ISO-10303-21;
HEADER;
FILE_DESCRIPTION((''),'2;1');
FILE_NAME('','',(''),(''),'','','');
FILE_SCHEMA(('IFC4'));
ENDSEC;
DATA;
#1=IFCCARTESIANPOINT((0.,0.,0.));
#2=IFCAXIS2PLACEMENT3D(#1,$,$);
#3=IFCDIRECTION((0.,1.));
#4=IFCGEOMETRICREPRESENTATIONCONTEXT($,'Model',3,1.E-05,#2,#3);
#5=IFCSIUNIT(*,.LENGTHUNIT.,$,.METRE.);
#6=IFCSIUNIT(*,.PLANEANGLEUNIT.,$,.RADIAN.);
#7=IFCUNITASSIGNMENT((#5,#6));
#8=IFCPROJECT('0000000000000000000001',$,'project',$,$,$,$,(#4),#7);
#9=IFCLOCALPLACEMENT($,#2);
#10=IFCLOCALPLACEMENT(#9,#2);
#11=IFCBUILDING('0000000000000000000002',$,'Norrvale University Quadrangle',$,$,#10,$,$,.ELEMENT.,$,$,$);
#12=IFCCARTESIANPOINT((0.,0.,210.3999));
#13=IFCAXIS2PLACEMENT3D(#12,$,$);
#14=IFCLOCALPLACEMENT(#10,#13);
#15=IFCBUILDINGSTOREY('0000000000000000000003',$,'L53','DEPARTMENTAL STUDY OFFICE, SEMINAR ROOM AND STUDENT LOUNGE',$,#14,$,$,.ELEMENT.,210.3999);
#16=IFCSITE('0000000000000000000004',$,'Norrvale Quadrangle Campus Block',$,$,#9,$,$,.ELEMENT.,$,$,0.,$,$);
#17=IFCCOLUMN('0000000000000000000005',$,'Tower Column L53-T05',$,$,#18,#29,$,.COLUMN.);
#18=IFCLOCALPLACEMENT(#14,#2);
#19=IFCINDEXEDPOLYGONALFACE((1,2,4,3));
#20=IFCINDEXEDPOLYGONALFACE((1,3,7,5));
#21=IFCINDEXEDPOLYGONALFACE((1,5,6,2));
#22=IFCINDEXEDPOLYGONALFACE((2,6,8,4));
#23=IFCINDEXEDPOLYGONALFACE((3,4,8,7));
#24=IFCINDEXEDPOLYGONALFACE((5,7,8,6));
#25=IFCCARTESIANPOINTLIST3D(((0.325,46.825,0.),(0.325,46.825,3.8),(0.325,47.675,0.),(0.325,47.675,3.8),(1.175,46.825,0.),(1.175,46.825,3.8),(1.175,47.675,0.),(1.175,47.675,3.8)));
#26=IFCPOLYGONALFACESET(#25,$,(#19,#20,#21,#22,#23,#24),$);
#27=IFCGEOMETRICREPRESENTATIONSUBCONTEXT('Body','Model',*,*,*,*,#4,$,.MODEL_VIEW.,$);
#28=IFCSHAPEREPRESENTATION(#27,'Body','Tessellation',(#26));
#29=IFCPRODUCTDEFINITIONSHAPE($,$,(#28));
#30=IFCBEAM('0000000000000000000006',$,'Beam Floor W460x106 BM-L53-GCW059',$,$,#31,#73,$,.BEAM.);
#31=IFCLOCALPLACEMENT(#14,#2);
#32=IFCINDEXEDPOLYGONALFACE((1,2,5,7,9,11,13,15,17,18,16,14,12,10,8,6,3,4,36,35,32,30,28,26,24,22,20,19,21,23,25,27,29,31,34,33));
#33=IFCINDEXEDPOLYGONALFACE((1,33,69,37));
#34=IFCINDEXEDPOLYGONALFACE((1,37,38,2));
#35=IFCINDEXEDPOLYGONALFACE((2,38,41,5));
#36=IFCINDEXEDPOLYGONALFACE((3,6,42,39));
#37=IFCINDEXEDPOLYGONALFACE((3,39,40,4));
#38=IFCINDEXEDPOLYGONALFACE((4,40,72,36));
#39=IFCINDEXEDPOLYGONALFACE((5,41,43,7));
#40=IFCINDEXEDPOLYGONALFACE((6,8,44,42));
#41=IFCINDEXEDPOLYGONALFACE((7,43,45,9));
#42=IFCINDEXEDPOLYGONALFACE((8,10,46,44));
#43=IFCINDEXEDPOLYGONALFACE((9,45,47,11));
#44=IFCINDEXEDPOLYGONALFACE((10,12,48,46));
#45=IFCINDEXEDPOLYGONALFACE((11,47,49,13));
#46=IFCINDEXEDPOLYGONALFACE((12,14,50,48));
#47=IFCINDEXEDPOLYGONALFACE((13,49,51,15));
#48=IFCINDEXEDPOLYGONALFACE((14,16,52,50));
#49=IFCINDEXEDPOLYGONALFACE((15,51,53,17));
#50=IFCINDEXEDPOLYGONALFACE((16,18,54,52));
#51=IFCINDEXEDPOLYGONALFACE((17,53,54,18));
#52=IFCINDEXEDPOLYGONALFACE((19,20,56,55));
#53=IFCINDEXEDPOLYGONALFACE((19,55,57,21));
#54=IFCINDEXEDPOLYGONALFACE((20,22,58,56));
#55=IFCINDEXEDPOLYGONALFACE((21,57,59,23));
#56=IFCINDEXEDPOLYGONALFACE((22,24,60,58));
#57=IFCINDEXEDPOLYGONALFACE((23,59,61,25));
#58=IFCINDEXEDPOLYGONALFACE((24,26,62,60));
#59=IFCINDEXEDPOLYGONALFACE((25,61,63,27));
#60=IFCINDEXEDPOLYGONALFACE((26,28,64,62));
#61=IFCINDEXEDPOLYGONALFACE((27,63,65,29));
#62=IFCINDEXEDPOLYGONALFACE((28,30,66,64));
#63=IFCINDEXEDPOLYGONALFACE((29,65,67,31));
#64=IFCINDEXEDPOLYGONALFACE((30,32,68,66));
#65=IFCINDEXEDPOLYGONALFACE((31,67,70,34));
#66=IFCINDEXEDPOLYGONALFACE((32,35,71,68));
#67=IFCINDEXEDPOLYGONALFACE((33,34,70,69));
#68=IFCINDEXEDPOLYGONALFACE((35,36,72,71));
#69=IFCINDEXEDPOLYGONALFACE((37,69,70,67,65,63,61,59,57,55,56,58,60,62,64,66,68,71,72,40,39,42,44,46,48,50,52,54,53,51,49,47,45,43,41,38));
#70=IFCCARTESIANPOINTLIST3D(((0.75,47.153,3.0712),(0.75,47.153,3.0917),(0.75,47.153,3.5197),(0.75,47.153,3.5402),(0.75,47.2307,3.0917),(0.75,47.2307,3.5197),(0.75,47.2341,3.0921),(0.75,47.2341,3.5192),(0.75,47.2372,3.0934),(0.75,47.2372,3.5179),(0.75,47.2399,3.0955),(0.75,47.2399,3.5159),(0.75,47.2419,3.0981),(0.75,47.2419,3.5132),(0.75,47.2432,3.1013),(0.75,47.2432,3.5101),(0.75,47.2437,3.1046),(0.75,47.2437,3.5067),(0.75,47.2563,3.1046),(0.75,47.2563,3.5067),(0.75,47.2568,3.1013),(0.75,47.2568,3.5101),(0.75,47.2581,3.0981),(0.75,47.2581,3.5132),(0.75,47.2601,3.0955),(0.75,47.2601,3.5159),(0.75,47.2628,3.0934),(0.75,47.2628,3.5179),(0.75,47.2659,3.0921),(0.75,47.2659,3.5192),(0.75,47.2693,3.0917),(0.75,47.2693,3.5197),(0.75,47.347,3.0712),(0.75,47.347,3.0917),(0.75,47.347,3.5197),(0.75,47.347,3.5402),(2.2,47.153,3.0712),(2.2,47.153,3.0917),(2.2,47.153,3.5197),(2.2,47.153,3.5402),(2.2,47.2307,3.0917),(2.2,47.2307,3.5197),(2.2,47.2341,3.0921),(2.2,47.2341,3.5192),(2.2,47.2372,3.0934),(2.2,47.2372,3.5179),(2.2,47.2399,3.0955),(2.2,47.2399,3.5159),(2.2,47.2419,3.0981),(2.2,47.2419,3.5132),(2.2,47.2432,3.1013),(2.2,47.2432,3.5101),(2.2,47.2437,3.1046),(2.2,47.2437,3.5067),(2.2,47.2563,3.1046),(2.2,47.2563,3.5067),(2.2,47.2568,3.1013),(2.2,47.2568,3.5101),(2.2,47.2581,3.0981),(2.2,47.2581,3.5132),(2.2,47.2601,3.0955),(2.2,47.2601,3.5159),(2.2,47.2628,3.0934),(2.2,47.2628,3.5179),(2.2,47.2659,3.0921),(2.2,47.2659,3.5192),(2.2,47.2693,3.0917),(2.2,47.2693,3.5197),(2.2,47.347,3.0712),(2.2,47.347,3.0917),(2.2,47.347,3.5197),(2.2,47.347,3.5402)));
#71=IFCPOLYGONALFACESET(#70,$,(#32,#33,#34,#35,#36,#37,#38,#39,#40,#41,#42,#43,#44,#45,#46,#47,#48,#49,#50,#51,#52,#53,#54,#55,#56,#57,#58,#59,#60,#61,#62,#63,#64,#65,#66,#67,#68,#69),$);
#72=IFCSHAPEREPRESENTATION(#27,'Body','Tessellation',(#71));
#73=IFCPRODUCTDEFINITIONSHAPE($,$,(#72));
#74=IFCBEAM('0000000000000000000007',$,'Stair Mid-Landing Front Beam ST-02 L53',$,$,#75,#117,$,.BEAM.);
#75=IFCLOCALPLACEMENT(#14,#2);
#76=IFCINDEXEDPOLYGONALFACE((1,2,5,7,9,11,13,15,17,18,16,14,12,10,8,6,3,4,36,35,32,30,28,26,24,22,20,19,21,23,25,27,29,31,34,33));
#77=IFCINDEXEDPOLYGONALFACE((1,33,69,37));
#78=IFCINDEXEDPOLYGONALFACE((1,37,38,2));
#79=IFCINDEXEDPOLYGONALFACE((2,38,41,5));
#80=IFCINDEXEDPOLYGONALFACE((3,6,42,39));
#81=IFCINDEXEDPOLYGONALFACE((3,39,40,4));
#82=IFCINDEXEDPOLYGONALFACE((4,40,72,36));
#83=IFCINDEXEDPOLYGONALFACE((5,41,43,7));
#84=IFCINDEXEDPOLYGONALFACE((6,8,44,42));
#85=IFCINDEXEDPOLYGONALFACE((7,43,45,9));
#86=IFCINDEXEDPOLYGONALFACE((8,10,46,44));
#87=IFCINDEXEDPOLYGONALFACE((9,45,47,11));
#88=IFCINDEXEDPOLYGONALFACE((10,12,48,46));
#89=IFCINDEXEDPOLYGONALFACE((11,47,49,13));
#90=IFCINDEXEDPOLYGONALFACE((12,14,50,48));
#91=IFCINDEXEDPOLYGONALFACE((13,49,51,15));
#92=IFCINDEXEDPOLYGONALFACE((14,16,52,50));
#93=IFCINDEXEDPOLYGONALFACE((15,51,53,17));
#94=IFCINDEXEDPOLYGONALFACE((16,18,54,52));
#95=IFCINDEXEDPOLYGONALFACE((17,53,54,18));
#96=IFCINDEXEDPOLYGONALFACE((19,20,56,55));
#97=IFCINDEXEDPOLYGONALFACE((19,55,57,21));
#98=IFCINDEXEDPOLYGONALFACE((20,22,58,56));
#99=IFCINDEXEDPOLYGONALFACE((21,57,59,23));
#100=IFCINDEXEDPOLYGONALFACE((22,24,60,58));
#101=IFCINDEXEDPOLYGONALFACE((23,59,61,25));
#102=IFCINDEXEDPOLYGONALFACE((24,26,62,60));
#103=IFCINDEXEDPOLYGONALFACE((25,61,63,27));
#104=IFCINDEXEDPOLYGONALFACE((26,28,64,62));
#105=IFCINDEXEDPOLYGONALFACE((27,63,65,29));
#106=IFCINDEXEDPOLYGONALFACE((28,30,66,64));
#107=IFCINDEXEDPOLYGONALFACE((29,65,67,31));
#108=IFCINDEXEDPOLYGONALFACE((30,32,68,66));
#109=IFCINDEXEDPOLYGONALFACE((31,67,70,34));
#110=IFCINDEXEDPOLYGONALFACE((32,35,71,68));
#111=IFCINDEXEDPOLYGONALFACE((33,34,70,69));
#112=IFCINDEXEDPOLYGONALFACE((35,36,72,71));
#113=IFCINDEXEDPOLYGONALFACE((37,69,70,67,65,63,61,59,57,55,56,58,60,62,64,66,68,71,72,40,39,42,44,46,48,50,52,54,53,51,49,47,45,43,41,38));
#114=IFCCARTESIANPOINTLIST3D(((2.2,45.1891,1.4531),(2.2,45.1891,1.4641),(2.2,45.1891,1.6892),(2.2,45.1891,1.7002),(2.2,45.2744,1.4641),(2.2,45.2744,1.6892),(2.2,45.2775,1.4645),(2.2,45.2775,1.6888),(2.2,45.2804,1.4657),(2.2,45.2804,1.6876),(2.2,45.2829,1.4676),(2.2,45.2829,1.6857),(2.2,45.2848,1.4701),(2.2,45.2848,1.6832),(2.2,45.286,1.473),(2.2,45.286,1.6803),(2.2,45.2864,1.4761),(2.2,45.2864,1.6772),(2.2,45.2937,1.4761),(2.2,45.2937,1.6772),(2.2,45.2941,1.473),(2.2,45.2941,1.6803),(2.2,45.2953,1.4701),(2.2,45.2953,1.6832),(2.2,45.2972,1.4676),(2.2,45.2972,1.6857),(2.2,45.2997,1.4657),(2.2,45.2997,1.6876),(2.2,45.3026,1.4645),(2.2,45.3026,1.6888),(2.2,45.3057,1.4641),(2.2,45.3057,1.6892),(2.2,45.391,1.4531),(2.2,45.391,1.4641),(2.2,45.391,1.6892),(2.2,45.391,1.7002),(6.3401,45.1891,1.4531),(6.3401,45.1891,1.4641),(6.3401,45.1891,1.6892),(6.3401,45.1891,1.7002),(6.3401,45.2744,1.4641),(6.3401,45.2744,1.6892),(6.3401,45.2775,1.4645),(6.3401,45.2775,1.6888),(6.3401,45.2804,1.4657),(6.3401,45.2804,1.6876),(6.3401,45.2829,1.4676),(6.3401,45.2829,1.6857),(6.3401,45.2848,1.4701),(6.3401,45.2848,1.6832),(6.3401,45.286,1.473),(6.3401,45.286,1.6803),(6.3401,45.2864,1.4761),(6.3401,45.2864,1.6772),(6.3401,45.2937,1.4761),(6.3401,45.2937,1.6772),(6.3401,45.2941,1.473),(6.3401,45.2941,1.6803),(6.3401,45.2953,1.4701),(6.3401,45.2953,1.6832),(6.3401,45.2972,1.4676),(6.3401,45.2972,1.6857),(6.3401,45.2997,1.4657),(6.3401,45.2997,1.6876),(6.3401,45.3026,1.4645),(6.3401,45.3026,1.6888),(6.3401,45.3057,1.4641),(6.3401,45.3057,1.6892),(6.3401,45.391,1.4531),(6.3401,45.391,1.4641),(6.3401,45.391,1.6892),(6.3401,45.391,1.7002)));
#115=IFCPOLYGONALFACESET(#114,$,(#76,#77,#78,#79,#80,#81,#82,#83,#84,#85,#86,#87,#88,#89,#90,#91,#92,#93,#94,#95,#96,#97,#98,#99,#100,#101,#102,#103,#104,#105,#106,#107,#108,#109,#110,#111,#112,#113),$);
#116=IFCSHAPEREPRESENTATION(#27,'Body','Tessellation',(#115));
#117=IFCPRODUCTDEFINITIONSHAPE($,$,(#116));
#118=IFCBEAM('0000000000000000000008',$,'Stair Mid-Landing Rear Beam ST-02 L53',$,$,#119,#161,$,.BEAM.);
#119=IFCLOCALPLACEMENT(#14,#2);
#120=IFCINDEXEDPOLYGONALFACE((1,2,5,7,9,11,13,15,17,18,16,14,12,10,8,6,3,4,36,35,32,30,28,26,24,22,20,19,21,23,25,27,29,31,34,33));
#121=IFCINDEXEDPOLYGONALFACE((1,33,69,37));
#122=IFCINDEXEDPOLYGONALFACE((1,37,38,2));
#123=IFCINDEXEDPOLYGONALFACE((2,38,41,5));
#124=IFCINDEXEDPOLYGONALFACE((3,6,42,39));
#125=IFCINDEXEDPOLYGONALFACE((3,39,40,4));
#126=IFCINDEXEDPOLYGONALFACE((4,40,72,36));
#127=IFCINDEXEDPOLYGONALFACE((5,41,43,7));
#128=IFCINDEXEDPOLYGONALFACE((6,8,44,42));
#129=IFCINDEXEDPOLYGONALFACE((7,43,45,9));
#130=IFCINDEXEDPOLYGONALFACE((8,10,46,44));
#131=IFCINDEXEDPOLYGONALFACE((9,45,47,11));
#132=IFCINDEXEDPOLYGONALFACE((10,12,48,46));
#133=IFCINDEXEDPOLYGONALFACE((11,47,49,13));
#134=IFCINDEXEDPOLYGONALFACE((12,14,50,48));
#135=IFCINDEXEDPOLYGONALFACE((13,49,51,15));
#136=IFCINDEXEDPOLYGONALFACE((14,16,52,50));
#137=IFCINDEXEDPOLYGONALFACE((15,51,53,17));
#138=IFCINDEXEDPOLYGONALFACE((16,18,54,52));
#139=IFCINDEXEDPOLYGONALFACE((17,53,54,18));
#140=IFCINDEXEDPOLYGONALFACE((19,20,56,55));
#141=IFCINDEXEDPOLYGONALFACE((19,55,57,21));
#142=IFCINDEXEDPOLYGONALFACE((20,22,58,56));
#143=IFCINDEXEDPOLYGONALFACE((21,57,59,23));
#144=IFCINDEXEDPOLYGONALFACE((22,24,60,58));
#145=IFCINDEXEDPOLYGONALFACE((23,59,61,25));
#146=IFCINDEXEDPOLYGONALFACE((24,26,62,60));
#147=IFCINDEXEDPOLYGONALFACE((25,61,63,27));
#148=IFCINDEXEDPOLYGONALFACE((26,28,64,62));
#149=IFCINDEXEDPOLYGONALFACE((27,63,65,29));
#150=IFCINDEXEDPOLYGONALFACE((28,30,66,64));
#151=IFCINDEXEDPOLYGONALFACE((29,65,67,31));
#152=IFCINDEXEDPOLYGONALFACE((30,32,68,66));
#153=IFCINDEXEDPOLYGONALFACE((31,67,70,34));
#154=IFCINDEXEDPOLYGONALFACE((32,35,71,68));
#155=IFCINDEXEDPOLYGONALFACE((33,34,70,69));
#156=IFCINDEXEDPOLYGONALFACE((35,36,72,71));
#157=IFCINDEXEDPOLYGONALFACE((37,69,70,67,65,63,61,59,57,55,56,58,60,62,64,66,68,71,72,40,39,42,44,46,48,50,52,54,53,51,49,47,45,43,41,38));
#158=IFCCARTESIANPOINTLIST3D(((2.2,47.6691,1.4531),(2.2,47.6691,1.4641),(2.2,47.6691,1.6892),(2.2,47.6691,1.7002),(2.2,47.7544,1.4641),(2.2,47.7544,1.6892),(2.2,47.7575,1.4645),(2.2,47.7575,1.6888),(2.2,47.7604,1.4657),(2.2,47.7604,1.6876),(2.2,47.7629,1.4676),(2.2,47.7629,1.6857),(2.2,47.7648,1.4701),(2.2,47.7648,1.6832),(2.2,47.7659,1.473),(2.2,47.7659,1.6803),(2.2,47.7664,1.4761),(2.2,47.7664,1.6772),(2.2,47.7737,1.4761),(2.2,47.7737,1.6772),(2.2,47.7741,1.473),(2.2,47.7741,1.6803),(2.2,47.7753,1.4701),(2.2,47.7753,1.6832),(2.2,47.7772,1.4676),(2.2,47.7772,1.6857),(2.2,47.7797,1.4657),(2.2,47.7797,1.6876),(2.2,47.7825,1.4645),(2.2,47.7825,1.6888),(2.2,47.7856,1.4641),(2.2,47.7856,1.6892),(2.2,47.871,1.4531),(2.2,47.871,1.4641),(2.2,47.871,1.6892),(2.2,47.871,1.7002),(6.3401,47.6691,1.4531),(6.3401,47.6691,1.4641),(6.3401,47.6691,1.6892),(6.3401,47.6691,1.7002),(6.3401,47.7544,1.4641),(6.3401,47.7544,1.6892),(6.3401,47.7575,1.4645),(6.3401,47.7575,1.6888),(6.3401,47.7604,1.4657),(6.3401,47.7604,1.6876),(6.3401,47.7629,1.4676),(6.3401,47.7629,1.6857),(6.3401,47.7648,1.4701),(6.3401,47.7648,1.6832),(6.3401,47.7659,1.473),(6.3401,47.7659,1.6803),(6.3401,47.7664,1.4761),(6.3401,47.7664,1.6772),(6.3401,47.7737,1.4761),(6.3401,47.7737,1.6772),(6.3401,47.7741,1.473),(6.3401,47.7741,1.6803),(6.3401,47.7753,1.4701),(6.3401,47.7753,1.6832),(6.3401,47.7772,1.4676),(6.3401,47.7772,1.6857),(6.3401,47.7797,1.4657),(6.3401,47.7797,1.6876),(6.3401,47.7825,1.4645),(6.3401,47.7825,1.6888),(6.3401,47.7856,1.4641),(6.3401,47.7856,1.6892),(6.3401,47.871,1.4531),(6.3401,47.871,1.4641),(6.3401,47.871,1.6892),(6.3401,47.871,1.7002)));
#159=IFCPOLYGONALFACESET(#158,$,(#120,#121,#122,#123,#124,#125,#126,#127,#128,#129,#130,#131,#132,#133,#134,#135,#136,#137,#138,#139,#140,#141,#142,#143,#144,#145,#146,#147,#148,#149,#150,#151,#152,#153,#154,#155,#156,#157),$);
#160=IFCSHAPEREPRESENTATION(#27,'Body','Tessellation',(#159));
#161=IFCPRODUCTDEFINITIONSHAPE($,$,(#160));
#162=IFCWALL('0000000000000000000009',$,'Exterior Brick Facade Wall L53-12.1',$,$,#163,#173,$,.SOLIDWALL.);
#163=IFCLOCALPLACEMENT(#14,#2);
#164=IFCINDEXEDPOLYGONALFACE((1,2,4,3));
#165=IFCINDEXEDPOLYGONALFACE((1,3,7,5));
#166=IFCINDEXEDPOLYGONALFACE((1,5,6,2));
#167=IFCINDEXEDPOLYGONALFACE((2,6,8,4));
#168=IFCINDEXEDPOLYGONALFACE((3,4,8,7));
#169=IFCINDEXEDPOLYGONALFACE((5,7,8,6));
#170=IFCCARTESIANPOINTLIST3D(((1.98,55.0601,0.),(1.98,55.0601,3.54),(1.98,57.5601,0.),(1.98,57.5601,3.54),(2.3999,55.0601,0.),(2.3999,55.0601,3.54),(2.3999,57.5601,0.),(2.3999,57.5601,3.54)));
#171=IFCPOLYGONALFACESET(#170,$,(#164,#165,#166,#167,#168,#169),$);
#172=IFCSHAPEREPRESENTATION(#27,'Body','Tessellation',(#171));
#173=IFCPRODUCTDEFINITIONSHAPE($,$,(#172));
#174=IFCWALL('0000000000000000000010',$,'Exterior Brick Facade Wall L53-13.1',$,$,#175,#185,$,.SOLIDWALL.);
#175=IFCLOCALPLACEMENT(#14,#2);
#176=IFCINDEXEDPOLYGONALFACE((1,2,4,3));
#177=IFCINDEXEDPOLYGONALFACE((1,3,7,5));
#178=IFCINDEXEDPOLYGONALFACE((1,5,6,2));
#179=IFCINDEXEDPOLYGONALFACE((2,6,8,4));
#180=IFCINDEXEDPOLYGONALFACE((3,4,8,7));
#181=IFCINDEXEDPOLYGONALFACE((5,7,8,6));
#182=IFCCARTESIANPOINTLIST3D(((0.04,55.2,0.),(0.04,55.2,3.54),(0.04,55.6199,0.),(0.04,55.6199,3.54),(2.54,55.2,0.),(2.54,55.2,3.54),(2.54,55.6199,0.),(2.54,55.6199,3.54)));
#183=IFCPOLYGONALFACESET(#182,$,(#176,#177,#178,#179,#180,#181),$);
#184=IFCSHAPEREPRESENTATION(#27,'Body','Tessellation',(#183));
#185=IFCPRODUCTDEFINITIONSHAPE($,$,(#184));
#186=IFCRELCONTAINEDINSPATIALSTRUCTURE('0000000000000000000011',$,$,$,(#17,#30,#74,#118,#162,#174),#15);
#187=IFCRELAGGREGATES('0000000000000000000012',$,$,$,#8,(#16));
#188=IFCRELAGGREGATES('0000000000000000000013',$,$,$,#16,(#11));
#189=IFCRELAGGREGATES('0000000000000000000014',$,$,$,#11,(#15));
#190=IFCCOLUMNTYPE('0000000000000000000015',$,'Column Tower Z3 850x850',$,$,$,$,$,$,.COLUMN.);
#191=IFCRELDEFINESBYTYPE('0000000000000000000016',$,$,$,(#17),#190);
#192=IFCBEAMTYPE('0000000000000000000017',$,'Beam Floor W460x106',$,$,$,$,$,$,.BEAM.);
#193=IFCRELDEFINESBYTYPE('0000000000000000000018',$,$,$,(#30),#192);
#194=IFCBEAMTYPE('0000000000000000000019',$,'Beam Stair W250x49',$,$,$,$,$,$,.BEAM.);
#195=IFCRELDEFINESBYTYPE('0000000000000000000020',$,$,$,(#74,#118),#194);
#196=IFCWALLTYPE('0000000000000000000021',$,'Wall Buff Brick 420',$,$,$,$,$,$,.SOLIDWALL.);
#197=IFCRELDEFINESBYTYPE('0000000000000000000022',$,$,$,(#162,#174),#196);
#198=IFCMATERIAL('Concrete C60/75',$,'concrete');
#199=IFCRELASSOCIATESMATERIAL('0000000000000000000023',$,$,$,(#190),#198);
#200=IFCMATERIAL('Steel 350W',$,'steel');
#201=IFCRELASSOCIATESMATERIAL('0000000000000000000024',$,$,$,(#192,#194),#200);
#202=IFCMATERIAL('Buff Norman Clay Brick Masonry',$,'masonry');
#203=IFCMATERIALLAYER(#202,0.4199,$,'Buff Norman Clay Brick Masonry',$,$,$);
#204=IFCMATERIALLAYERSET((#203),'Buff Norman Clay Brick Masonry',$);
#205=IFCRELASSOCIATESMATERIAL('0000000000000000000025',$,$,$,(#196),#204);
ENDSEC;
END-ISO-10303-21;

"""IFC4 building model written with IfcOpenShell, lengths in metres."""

from ifc_helpers import new_model, si_unit, direction, frame, frame_2d, origin, origin_2d, place, context, subcontext, project, spatial, rectangle, i_section, extrude, material, layer, layer_set, material_profile, profile_set, type_object, element, save


model = new_model("IFC4")

# Units and contexts
model_context = context("Model", 3, precision=1e-05, world=origin(), true_north=direction((0.0, 1.0)))
body_context = subcontext(model_context, "Body", "Model", "MODEL_VIEW")
ifc_project = project(units=[si_unit("LENGTHUNIT", "METRE"), si_unit("PLANEANGLEUNIT", "RADIAN")], contexts=[model_context])

# Site, building, storey
site_placement = place(None, origin())
site = spatial("IfcSite", under=ifc_project, at=site_placement, Name="Norrvale Quadrangle Campus Block", CompositionType="ELEMENT", RefElevation=0.0)
building_placement = place(site_placement, origin())
building = spatial("IfcBuilding", under=site, at=building_placement, Name="Norrvale University Quadrangle", CompositionType="ELEMENT")
storey_placement = place(building_placement, frame((0.0, 0.0, 210.3999)))
storey = spatial("IfcBuildingStorey", under=building, at=storey_placement, Name="L53", Description="DEPARTMENTAL STUDY OFFICE, SEMINAR ROOM AND STUDENT LOUNGE", CompositionType="ELEMENT", Elevation=210.3999)

# Column
ifc_material_1 = material(Name="Concrete C60/75", Category="concrete")
ifc_material_profile_1 = material_profile(ifc_material_1, rectangle(XDim=0.8501, YDim=0.8501, at=origin_2d()), Name="Concrete C60/75")
ifc_profile_set_1 = profile_set([ifc_material_profile_1], Name="Concrete C60/75")
column_type = type_object("IfcColumnType", Name="Column Tower Z3 850x850", PredefinedType="COLUMN", material=ifc_profile_set_1)
column_placement = place(storey_placement, frame((0.75, 47.25, 0.0), z_axis=(0.0, 0.0, 1.0), x_axis=(1.0, 0.0, 0.0)))
element("IfcColumn", 1, at=column_placement, inside=storey, type_object=column_type, Name="Tower Column L53-T05", PredefinedType="COLUMN", context=body_context, shape_type="SweptSolid", body=[
    extrude(rectangle(XDim=0.8501, YDim=0.8501, at=origin_2d()), origin(), (0.0, 0.0, 1.0), 3.8),
])

# Beams
ifc_material_2 = material(Name="Steel 350W", Category="steel")
ifc_material_profile_2 = material_profile(ifc_material_2, i_section(OverallWidth=0.1941, OverallDepth=0.469, WebThickness=0.0127, FlangeThickness=0.0205, FilletRadius=0.0129, at=origin_2d()), Name="Steel 350W")
ifc_profile_set_2 = profile_set([ifc_material_profile_2], Name="Steel 350W")
beam_type_1 = type_object("IfcBeamType", Name="Beam Floor W460x106", PredefinedType="BEAM", material=ifc_profile_set_2)
beam_placement = place(storey_placement, frame((0.75, 47.25, 3.3057), z_axis=(1.0, 0.0, 0.0), x_axis=(0.0, 1.0, 0.0)))
element("IfcBeam", 2, at=beam_placement, inside=storey, type_object=beam_type_1, Name="Beam Floor W460x106 BM-L53-GCW059", PredefinedType="BEAM", context=body_context, shape_type="SweptSolid", body=[
    extrude(i_section(OverallWidth=0.1941, OverallDepth=0.469, WebThickness=0.0127, FlangeThickness=0.0205, FilletRadius=0.0129, at=origin_2d()), origin(), (0.0, 0.0, 1.0), 1.45),
])
ifc_material_profile_3 = material_profile(ifc_material_2, i_section(OverallWidth=0.2019, OverallDepth=0.2471, WebThickness=0.0073, FlangeThickness=0.011, FilletRadius=0.012, at=origin_2d()), Name="Steel 350W")
ifc_profile_set_3 = profile_set([ifc_material_profile_3], Name="Steel 350W")
beam_type_2 = type_object("IfcBeamType", Name="Beam Stair W250x49", PredefinedType="BEAM", material=ifc_profile_set_3)
for number, where, z_axis, x_axis, name in (
    (3, (2.2, 45.29, 1.5767), (1.0, 0.0, 0.0), (0.0, 1.0, 0.0), "Stair Mid-Landing Front Beam ST-02 L53"),
    (4, (2.2, 47.77, 1.5767), (1.0, 0.0, 0.0), (0.0, 1.0, 0.0), "Stair Mid-Landing Rear Beam ST-02 L53"),
):
    element("IfcBeam", number, at=place(storey_placement, frame(where, z_axis=z_axis, x_axis=x_axis)), inside=storey, type_object=beam_type_2, Name=name, PredefinedType="BEAM", context=body_context, shape_type="SweptSolid", body=[
        extrude(i_section(OverallWidth=0.2019, OverallDepth=0.2471, WebThickness=0.0073, FlangeThickness=0.011, FilletRadius=0.012, at=origin_2d()), origin(), (0.0, 0.0, 1.0), 4.1401),
    ])

# Walls
ifc_material_3 = material(Name="Buff Norman Clay Brick Masonry", Category="masonry")
ifc_layer_1 = layer(ifc_material_3, 0.4199, Name="Buff Norman Clay Brick Masonry")
ifc_layer_set_1 = layer_set([ifc_layer_1], Name="Buff Norman Clay Brick Masonry")
wall_type_1 = type_object("IfcWallType", Name="Wall Buff Brick 420", PredefinedType="SOLIDWALL", material=ifc_layer_set_1)
for number, where, z_axis, x_axis, name in (
    (5, (2.1899, 57.5601, 0.0), (0.0, 0.0, 1.0), (0.0, -1.0, 0.0), "Exterior Brick Facade Wall L53-12.1"),
    (6, (2.54, 55.4099, 0.0), (0.0, 0.0, 1.0), (-1.0, 0.0, 0.0), "Exterior Brick Facade Wall L53-13.1"),
):
    element("IfcWall", number, at=place(storey_placement, frame(where, z_axis=z_axis, x_axis=x_axis)), inside=storey, type_object=wall_type_1, Name=name, PredefinedType="SOLIDWALL", context=body_context, shape_type="SweptSolid", body=[
        extrude(rectangle(XDim=2.5, YDim=0.4199, at=frame_2d((1.25, 0.0))), origin(), (0.0, 0.0, 1.0), 3.54),
    ])

save(model, "model.ifc")
